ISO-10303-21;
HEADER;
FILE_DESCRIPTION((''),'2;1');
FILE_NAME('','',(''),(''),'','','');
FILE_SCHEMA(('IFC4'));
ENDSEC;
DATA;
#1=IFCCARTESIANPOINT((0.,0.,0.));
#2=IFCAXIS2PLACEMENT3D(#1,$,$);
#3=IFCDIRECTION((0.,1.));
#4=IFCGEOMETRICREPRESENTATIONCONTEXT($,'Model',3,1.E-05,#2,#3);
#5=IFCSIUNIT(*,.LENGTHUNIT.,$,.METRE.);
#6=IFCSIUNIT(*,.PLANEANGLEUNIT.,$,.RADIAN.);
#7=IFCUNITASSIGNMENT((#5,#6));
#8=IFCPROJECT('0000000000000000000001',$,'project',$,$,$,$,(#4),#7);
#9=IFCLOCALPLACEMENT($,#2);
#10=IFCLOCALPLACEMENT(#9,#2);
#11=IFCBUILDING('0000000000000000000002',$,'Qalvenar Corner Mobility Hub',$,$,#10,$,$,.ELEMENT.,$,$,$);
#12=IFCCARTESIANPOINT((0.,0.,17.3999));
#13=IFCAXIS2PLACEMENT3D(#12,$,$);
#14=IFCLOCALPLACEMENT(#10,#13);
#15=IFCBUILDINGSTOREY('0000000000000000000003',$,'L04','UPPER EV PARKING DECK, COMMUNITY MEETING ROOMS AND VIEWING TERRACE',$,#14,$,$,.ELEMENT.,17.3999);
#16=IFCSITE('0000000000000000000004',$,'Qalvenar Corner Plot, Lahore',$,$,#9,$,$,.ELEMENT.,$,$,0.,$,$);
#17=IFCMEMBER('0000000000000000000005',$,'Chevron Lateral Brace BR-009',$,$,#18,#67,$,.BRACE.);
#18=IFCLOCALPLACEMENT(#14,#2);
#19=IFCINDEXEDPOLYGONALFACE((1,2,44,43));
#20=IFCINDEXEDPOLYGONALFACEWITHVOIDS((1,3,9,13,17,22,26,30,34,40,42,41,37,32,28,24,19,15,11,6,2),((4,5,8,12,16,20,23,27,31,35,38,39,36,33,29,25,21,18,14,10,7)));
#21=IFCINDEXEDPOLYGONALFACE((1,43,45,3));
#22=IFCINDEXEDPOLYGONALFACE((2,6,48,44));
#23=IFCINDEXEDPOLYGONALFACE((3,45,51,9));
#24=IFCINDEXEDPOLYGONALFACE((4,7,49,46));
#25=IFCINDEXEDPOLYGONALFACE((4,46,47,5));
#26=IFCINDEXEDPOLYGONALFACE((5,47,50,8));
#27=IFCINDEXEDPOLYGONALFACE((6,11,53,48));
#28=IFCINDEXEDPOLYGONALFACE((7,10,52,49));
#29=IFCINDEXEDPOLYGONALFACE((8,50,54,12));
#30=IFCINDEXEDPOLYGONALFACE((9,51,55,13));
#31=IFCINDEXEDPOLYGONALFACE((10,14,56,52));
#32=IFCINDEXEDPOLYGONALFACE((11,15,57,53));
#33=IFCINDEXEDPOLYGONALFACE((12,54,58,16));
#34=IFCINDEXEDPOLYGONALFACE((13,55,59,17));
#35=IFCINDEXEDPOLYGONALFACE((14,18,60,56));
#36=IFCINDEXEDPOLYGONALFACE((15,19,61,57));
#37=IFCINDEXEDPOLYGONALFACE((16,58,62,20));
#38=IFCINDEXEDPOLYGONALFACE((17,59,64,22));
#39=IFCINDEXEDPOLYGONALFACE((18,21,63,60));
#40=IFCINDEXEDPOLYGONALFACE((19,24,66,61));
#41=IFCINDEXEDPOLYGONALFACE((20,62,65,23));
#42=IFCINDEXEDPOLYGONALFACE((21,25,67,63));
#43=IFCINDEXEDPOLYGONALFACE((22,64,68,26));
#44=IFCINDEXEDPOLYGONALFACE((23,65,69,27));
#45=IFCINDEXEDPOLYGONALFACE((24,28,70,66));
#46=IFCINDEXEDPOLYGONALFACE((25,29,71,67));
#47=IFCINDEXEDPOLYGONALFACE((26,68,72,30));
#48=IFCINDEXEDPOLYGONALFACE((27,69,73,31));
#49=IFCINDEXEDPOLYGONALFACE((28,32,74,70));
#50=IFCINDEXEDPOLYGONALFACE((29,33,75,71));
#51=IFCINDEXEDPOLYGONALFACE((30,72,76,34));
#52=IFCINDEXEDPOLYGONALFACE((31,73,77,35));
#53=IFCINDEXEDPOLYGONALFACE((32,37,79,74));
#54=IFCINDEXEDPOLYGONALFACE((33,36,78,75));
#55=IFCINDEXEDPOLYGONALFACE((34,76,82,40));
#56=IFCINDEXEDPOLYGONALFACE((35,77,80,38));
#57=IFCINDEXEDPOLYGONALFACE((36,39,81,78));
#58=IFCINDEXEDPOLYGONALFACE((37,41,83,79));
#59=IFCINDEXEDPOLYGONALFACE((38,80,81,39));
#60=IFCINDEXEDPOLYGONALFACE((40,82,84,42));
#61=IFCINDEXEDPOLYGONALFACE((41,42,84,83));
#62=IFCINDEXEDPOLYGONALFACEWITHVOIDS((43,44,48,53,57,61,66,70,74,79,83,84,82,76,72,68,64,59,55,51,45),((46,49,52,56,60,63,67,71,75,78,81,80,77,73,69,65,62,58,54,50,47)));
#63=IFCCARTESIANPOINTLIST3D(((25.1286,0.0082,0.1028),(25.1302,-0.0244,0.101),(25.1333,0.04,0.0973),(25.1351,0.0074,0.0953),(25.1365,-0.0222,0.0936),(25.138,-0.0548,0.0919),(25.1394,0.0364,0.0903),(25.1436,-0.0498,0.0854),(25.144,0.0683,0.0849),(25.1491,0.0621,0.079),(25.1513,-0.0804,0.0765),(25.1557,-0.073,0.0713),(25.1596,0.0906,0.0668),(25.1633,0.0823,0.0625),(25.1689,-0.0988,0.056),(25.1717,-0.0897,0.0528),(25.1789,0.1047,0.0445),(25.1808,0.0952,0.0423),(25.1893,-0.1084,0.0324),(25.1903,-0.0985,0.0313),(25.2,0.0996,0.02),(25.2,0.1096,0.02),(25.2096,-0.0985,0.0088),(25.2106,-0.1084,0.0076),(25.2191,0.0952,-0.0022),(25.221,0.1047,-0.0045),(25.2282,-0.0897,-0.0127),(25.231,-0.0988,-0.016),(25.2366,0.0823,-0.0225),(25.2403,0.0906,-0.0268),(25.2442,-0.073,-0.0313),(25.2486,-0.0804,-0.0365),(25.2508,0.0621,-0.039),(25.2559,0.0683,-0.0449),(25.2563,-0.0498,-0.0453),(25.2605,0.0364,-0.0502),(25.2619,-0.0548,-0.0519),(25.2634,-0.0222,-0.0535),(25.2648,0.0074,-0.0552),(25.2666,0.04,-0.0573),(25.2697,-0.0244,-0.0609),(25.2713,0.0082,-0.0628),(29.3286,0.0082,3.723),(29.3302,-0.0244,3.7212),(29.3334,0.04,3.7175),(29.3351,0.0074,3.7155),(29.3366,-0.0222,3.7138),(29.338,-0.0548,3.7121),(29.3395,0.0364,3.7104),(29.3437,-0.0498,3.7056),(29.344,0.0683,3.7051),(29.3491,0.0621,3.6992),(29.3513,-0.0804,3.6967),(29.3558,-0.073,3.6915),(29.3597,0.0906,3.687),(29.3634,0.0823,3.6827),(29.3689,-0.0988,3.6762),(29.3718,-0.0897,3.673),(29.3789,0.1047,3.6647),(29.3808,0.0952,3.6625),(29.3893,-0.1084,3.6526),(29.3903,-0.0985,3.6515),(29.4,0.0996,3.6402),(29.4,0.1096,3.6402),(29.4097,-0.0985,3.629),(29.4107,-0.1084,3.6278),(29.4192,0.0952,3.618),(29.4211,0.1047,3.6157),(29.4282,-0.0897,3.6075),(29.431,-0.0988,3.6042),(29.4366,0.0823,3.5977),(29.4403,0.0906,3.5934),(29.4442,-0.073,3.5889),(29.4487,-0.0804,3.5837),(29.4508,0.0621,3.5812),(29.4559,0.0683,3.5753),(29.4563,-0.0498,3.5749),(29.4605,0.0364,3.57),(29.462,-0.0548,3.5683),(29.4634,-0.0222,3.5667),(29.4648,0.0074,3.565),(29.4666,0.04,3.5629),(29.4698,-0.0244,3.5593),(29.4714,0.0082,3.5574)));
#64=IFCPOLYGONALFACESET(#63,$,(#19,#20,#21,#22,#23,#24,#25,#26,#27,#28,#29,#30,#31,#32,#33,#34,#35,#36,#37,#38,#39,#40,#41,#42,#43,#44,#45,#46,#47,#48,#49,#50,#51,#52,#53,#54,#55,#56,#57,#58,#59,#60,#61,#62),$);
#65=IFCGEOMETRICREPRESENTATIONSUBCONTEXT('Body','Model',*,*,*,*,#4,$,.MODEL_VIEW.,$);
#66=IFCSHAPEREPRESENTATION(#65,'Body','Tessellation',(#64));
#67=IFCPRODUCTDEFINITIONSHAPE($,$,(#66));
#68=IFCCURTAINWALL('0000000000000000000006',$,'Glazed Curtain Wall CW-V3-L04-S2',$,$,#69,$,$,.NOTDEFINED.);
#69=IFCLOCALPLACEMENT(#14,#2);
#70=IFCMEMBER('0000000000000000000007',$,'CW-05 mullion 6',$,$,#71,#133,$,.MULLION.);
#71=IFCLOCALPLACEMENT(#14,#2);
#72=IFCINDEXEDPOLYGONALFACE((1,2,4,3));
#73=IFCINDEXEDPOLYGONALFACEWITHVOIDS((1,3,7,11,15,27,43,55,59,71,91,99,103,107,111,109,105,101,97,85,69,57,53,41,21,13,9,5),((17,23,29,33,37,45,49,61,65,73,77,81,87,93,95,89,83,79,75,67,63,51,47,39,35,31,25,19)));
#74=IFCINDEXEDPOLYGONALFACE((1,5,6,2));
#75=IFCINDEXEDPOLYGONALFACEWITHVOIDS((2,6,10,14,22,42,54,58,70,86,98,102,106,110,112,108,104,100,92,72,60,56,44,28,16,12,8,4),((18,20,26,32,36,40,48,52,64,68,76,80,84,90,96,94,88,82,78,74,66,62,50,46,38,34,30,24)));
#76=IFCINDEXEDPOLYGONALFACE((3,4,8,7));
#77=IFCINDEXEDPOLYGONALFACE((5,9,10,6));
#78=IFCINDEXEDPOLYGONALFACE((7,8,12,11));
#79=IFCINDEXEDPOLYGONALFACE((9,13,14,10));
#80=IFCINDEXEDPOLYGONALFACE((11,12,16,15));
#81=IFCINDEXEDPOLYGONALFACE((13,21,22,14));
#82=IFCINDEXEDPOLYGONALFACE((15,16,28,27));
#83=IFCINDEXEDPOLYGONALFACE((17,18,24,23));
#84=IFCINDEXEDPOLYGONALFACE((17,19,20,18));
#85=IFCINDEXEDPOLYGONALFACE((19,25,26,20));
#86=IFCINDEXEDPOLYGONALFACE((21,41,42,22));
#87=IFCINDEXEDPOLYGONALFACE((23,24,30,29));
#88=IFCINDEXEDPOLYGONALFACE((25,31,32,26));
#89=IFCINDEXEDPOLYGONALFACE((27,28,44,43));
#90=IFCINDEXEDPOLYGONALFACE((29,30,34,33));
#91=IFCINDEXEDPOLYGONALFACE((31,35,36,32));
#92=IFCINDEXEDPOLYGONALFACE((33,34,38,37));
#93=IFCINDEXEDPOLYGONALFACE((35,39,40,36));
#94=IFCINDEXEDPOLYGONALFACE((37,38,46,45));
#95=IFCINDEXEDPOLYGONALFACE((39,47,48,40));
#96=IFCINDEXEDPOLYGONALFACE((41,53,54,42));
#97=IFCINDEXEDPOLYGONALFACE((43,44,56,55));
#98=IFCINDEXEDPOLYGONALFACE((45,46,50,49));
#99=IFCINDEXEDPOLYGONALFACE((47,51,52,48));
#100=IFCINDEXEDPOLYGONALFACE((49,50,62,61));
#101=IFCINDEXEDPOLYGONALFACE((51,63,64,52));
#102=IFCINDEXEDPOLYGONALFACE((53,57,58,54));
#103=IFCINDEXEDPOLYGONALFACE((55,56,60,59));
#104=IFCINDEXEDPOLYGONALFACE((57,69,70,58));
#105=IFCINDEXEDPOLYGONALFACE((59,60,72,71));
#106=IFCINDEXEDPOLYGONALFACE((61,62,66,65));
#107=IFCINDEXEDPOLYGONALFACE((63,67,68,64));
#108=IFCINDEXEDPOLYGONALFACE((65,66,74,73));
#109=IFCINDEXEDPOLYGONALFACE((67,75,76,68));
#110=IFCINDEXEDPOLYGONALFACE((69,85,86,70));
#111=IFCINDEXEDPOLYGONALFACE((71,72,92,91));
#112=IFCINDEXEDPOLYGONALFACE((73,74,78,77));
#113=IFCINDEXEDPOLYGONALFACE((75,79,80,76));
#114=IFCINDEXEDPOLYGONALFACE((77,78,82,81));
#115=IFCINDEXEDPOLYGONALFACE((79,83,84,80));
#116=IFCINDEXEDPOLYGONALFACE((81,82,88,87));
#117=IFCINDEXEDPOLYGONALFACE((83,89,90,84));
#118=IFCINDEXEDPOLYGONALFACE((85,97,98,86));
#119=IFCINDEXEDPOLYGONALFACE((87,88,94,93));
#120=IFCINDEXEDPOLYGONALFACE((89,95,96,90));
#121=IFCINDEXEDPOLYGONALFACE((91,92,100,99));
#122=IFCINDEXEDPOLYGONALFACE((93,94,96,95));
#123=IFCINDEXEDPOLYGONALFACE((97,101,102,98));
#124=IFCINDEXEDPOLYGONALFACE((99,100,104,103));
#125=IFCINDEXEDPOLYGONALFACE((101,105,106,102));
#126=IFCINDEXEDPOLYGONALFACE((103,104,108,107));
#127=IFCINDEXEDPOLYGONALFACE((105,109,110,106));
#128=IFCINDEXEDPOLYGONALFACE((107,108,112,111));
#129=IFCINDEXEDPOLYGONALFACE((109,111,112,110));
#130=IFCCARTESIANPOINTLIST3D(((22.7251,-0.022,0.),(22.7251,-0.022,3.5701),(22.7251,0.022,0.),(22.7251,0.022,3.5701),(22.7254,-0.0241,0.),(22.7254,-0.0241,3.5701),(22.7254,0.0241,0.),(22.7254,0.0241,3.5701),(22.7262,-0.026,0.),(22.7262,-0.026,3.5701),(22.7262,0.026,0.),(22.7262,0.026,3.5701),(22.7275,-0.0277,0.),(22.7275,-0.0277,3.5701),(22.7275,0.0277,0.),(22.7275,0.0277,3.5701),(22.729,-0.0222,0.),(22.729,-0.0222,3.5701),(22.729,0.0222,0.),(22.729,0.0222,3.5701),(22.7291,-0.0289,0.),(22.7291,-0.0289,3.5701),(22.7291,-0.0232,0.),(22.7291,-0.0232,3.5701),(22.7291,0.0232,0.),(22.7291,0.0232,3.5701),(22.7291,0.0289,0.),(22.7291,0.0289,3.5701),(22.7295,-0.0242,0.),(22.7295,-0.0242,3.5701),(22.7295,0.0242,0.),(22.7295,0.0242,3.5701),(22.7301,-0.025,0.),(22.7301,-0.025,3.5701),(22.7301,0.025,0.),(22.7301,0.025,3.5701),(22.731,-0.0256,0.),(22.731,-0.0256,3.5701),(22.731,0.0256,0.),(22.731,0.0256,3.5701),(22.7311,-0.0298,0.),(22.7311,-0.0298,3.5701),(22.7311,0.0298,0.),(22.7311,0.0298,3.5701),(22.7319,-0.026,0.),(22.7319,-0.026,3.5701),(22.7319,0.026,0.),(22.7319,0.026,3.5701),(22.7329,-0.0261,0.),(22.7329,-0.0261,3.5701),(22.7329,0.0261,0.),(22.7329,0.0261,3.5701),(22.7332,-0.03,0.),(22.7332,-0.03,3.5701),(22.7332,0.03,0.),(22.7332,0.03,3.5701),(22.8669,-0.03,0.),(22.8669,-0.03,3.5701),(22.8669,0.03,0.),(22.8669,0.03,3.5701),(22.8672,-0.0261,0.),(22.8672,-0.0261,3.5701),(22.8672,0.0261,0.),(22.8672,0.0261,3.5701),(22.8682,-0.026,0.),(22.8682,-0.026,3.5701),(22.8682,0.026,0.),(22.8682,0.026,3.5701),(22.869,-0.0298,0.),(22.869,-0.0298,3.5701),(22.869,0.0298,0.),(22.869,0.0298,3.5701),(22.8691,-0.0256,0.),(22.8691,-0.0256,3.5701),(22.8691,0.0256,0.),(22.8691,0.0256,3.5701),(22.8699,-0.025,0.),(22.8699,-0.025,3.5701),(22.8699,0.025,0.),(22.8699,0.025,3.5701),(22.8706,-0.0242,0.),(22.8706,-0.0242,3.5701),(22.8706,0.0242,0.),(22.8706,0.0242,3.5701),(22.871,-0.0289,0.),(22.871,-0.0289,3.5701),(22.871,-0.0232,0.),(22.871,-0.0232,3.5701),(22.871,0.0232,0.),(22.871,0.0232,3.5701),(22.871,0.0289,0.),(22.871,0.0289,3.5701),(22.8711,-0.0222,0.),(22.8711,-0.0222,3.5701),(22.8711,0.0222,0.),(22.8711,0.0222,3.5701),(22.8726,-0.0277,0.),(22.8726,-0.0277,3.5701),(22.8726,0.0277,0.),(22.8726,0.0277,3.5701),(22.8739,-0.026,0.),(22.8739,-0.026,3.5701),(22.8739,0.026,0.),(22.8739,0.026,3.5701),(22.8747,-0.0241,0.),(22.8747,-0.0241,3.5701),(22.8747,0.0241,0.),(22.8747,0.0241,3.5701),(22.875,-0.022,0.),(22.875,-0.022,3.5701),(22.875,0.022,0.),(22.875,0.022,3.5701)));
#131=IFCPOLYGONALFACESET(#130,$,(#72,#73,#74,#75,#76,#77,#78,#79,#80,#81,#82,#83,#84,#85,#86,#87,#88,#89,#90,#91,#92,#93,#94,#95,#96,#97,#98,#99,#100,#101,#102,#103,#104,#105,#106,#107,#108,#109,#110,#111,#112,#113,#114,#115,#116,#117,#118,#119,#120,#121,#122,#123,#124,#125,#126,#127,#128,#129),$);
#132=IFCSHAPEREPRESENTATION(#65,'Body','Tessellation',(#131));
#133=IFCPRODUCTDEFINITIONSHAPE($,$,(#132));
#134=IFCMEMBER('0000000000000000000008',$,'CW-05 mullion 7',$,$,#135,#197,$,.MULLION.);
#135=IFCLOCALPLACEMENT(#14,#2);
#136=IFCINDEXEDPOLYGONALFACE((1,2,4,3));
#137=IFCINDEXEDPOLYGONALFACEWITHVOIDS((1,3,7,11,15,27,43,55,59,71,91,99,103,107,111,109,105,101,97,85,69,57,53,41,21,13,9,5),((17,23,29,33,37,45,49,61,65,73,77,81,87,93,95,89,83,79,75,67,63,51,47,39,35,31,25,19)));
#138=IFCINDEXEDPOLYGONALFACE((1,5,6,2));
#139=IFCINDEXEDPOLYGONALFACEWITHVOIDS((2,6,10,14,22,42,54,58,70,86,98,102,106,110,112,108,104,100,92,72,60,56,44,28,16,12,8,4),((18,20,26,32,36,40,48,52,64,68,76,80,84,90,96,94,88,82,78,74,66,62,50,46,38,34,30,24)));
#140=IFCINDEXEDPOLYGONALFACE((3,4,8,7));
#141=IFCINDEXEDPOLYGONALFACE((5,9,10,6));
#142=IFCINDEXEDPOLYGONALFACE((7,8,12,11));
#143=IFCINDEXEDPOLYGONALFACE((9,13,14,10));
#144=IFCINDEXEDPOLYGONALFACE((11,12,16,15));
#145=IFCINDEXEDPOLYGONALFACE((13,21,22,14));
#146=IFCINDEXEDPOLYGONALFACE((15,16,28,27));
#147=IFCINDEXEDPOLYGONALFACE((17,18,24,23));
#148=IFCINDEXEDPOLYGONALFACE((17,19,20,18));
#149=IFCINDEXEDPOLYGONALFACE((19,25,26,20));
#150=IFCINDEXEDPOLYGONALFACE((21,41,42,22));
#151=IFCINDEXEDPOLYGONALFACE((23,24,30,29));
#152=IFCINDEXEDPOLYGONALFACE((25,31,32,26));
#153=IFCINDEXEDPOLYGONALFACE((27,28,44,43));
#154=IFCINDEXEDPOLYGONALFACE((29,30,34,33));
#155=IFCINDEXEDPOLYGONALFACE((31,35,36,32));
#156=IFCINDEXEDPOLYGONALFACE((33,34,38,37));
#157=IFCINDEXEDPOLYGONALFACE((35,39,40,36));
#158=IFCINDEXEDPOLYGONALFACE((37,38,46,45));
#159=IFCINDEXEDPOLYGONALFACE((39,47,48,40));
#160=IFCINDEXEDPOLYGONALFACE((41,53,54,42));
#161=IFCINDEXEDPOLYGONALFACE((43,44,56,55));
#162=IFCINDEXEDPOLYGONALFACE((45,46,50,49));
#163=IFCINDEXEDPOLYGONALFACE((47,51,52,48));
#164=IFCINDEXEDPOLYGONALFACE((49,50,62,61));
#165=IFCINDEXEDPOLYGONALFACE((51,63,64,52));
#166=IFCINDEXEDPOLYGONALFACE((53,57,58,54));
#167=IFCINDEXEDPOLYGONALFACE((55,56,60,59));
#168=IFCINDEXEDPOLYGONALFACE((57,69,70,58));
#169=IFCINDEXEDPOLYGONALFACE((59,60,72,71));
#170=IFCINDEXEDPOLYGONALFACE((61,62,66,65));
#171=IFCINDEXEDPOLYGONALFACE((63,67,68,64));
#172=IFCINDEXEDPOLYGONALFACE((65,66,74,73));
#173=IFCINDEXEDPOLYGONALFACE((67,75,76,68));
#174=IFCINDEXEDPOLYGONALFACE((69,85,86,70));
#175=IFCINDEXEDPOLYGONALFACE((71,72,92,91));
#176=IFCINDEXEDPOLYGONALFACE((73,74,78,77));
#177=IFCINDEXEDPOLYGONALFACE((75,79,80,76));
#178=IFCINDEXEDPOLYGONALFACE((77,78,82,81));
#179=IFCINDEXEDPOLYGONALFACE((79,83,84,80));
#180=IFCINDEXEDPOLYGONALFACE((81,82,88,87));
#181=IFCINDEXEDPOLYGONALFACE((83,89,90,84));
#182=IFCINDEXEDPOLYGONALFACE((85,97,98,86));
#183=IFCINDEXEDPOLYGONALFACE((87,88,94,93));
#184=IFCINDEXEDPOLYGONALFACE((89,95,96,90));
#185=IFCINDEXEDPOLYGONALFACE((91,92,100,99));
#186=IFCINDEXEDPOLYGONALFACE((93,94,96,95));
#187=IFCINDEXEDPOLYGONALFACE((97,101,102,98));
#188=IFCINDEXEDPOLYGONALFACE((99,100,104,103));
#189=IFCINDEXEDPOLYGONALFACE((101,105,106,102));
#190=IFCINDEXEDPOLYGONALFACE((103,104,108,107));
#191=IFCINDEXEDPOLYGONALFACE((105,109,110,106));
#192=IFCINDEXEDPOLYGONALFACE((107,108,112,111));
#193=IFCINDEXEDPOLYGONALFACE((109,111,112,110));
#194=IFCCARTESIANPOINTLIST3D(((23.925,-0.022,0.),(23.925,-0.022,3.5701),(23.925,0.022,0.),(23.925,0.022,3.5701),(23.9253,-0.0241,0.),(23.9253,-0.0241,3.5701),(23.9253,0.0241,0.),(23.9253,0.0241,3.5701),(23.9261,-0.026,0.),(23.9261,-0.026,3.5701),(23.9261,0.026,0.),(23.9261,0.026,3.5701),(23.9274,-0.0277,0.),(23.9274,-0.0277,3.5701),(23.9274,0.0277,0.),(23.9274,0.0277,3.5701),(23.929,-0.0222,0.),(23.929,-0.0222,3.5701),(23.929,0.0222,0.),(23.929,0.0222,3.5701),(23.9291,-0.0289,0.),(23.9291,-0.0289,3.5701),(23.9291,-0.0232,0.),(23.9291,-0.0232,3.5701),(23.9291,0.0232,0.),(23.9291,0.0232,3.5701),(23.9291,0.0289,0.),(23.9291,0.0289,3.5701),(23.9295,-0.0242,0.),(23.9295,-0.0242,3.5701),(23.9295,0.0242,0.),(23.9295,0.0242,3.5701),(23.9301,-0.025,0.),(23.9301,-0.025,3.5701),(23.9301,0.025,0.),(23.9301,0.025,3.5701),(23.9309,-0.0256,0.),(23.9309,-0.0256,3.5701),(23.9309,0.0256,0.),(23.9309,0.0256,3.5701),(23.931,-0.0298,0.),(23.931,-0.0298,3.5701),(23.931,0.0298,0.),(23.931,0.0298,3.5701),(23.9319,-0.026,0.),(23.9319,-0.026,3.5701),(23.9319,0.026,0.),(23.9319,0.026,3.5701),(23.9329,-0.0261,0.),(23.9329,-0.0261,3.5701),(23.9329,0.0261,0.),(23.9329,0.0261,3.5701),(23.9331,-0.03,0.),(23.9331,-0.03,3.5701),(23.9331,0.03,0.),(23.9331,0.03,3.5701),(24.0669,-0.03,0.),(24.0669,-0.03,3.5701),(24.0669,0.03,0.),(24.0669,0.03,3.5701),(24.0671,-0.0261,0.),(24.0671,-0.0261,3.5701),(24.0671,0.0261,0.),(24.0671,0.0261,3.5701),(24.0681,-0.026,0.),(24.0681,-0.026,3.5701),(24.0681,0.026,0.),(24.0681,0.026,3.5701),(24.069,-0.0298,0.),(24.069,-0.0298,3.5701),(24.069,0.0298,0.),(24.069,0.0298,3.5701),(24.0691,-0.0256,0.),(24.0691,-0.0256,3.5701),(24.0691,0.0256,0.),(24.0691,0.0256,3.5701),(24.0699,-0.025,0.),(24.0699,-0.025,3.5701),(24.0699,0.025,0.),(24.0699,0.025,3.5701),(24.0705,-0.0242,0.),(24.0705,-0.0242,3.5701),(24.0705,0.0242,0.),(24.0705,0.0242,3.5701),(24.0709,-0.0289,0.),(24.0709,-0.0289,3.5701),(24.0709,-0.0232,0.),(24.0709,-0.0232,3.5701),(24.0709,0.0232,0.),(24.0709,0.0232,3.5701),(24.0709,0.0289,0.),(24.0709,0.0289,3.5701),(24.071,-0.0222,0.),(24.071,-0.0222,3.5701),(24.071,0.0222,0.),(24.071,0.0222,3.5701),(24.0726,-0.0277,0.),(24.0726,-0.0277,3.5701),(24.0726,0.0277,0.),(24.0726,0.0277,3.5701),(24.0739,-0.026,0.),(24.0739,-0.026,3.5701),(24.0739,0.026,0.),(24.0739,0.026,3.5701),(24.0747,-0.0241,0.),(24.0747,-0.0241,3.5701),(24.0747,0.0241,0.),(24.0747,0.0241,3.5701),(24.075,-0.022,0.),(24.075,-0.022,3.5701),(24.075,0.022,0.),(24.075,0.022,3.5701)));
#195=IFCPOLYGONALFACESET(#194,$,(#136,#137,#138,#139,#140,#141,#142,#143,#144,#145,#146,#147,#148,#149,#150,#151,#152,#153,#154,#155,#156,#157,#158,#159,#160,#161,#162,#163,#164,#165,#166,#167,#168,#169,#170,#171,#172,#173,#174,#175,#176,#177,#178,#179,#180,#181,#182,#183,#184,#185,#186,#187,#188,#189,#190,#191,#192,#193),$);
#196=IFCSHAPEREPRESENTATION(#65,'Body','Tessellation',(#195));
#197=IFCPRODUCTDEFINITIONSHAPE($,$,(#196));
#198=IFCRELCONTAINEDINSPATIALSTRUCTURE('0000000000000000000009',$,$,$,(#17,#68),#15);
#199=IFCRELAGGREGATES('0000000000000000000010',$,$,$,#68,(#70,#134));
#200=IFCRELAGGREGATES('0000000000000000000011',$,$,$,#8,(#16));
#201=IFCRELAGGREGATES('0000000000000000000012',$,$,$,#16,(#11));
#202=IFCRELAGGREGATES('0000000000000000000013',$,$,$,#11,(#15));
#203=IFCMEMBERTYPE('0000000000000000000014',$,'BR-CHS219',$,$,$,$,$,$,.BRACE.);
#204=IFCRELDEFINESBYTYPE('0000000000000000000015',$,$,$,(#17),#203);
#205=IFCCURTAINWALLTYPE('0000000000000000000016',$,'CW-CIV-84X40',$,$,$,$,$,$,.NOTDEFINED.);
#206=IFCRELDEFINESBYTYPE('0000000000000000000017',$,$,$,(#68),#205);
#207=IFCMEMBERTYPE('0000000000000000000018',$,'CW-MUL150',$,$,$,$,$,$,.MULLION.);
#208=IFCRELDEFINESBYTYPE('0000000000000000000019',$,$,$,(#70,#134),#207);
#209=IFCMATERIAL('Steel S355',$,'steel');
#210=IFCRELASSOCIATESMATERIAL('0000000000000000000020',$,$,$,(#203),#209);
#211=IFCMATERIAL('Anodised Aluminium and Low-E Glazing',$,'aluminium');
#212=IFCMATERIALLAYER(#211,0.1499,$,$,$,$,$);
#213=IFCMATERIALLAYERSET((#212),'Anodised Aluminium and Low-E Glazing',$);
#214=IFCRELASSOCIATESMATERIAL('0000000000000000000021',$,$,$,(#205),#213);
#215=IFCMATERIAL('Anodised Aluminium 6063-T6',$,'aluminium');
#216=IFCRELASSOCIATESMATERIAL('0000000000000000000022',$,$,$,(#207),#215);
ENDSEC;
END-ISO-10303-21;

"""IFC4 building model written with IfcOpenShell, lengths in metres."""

from ifc_helpers import new_model, si_unit, direction, frame, origin, origin_2d, place, context, subcontext, project, spatial, hollow_rectangle, hollow_circle, extrude, material, layer, layer_set, material_profile, profile_set, type_object, element, aggregate, save


model = new_model("IFC4")

# Units and contexts
model_context = context("Model", 3, precision=1e-05, world=origin(), true_north=direction((0.0, 1.0)))
body_context = subcontext(model_context, "Body", "Model", "MODEL_VIEW")
ifc_project = project(units=[si_unit("LENGTHUNIT", "METRE"), si_unit("PLANEANGLEUNIT", "RADIAN")], contexts=[model_context])

# Site, building, storey
site_placement = place(None, origin())
site = spatial("IfcSite", under=ifc_project, at=site_placement, Name="Qalvenar Corner Plot, Lahore", CompositionType="ELEMENT", RefElevation=0.0)
building_placement = place(site_placement, origin())
building = spatial("IfcBuilding", under=site, at=building_placement, Name="Qalvenar Corner Mobility Hub", CompositionType="ELEMENT")
storey_placement = place(building_placement, frame((0.0, 0.0, 17.3999)))
storey = spatial("IfcBuildingStorey", under=building, at=storey_placement, Name="L04", Description="UPPER EV PARKING DECK, COMMUNITY MEETING ROOMS AND VIEWING TERRACE", CompositionType="ELEMENT", Elevation=17.3999)

# Shared definitions
ifc_material_1 = material(Name="Steel S355", Category="steel")

# Member
ifc_material_profile_1 = material_profile(ifc_material_1, hollow_circle(Radius=0.1096, WallThickness=0.01, at=origin_2d()), Name="CHS219.1x10")
ifc_profile_set_1 = profile_set([ifc_material_profile_1], Name="Steel S355")
member_type_1 = type_object("IfcMemberType", Name="BR-CHS219", PredefinedType="BRACE", material=ifc_profile_set_1)
member_1_placement = place(storey_placement, frame((25.2, 0.0, 0.02), z_axis=(0.757457, 0.0, 0.652885), x_axis=(0.0, 1.0, 0.0)))
element("IfcMember", 1, at=member_1_placement, inside=storey, type_object=member_type_1, Name="Chevron Lateral Brace BR-009", PredefinedType="BRACE", context=body_context, shape_type="SweptSolid", body=[
    extrude(hollow_circle(Radius=0.1096, WallThickness=0.01, at=origin_2d()), origin(), (0.0, 0.0, 1.0), 5.5449),
])

# Curtain wall, members
ifc_material_2 = material(Name="Anodised Aluminium and Low-E Glazing", Category="aluminium")
ifc_layer_1 = layer(ifc_material_2, 0.1499)
ifc_layer_set_1 = layer_set([ifc_layer_1], Name="Anodised Aluminium and Low-E Glazing")
curtain_wall_type = type_object("IfcCurtainWallType", Name="CW-CIV-84X40", PredefinedType="NOTDEFINED", material=ifc_layer_set_1)
curtain_wall_placement = place(storey_placement, origin())
curtain_wall = element("IfcCurtainWall", 2, at=curtain_wall_placement, inside=storey, type_object=curtain_wall_type, Name="Glazed Curtain Wall CW-V3-L04-S2", PredefinedType="NOTDEFINED")
ifc_material_3 = material(Name="Anodised Aluminium 6063-T6", Category="aluminium")
ifc_material_profile_2 = material_profile(ifc_material_3, hollow_rectangle(XDim=0.0601, YDim=0.1499, WallThickness=0.0039, InnerFilletRadius=0.0039, OuterFilletRadius=0.0081, at=origin_2d()), Name="RHS150x60x4")
ifc_profile_set_2 = profile_set([ifc_material_profile_2], Name="Anodised Aluminium 6063-T6")
member_type_2 = type_object("IfcMemberType", Name="CW-MUL150", PredefinedType="MULLION", material=ifc_profile_set_2)
member_2_placement = place(storey_placement, frame((22.8, 0.0, 0.0), z_axis=(0.0, 0.0, 1.0), x_axis=(0.0, 1.0, 0.0)))
member_2 = element("IfcMember", 3, at=member_2_placement, type_object=member_type_2, Name="CW-05 mullion 6", PredefinedType="MULLION", context=body_context, shape_type="SweptSolid", body=[
    extrude(hollow_rectangle(XDim=0.0601, YDim=0.1499, WallThickness=0.0039, InnerFilletRadius=0.0039, OuterFilletRadius=0.0081, at=origin_2d()), origin(), (0.0, 0.0, 1.0), 3.5701),
])
member_3_placement = place(storey_placement, frame((24.0, 0.0, 0.0), z_axis=(0.0, 0.0, 1.0), x_axis=(0.0, 1.0, 0.0)))
member_3 = element("IfcMember", 4, at=member_3_placement, type_object=member_type_2, Name="CW-05 mullion 7", PredefinedType="MULLION", context=body_context, shape_type="SweptSolid", body=[
    extrude(hollow_rectangle(XDim=0.0601, YDim=0.1499, WallThickness=0.0039, InnerFilletRadius=0.0039, OuterFilletRadius=0.0081, at=origin_2d()), origin(), (0.0, 0.0, 1.0), 3.5701),
])
aggregate(curtain_wall, [member_2, member_3])

save(model, "model.ifc")
